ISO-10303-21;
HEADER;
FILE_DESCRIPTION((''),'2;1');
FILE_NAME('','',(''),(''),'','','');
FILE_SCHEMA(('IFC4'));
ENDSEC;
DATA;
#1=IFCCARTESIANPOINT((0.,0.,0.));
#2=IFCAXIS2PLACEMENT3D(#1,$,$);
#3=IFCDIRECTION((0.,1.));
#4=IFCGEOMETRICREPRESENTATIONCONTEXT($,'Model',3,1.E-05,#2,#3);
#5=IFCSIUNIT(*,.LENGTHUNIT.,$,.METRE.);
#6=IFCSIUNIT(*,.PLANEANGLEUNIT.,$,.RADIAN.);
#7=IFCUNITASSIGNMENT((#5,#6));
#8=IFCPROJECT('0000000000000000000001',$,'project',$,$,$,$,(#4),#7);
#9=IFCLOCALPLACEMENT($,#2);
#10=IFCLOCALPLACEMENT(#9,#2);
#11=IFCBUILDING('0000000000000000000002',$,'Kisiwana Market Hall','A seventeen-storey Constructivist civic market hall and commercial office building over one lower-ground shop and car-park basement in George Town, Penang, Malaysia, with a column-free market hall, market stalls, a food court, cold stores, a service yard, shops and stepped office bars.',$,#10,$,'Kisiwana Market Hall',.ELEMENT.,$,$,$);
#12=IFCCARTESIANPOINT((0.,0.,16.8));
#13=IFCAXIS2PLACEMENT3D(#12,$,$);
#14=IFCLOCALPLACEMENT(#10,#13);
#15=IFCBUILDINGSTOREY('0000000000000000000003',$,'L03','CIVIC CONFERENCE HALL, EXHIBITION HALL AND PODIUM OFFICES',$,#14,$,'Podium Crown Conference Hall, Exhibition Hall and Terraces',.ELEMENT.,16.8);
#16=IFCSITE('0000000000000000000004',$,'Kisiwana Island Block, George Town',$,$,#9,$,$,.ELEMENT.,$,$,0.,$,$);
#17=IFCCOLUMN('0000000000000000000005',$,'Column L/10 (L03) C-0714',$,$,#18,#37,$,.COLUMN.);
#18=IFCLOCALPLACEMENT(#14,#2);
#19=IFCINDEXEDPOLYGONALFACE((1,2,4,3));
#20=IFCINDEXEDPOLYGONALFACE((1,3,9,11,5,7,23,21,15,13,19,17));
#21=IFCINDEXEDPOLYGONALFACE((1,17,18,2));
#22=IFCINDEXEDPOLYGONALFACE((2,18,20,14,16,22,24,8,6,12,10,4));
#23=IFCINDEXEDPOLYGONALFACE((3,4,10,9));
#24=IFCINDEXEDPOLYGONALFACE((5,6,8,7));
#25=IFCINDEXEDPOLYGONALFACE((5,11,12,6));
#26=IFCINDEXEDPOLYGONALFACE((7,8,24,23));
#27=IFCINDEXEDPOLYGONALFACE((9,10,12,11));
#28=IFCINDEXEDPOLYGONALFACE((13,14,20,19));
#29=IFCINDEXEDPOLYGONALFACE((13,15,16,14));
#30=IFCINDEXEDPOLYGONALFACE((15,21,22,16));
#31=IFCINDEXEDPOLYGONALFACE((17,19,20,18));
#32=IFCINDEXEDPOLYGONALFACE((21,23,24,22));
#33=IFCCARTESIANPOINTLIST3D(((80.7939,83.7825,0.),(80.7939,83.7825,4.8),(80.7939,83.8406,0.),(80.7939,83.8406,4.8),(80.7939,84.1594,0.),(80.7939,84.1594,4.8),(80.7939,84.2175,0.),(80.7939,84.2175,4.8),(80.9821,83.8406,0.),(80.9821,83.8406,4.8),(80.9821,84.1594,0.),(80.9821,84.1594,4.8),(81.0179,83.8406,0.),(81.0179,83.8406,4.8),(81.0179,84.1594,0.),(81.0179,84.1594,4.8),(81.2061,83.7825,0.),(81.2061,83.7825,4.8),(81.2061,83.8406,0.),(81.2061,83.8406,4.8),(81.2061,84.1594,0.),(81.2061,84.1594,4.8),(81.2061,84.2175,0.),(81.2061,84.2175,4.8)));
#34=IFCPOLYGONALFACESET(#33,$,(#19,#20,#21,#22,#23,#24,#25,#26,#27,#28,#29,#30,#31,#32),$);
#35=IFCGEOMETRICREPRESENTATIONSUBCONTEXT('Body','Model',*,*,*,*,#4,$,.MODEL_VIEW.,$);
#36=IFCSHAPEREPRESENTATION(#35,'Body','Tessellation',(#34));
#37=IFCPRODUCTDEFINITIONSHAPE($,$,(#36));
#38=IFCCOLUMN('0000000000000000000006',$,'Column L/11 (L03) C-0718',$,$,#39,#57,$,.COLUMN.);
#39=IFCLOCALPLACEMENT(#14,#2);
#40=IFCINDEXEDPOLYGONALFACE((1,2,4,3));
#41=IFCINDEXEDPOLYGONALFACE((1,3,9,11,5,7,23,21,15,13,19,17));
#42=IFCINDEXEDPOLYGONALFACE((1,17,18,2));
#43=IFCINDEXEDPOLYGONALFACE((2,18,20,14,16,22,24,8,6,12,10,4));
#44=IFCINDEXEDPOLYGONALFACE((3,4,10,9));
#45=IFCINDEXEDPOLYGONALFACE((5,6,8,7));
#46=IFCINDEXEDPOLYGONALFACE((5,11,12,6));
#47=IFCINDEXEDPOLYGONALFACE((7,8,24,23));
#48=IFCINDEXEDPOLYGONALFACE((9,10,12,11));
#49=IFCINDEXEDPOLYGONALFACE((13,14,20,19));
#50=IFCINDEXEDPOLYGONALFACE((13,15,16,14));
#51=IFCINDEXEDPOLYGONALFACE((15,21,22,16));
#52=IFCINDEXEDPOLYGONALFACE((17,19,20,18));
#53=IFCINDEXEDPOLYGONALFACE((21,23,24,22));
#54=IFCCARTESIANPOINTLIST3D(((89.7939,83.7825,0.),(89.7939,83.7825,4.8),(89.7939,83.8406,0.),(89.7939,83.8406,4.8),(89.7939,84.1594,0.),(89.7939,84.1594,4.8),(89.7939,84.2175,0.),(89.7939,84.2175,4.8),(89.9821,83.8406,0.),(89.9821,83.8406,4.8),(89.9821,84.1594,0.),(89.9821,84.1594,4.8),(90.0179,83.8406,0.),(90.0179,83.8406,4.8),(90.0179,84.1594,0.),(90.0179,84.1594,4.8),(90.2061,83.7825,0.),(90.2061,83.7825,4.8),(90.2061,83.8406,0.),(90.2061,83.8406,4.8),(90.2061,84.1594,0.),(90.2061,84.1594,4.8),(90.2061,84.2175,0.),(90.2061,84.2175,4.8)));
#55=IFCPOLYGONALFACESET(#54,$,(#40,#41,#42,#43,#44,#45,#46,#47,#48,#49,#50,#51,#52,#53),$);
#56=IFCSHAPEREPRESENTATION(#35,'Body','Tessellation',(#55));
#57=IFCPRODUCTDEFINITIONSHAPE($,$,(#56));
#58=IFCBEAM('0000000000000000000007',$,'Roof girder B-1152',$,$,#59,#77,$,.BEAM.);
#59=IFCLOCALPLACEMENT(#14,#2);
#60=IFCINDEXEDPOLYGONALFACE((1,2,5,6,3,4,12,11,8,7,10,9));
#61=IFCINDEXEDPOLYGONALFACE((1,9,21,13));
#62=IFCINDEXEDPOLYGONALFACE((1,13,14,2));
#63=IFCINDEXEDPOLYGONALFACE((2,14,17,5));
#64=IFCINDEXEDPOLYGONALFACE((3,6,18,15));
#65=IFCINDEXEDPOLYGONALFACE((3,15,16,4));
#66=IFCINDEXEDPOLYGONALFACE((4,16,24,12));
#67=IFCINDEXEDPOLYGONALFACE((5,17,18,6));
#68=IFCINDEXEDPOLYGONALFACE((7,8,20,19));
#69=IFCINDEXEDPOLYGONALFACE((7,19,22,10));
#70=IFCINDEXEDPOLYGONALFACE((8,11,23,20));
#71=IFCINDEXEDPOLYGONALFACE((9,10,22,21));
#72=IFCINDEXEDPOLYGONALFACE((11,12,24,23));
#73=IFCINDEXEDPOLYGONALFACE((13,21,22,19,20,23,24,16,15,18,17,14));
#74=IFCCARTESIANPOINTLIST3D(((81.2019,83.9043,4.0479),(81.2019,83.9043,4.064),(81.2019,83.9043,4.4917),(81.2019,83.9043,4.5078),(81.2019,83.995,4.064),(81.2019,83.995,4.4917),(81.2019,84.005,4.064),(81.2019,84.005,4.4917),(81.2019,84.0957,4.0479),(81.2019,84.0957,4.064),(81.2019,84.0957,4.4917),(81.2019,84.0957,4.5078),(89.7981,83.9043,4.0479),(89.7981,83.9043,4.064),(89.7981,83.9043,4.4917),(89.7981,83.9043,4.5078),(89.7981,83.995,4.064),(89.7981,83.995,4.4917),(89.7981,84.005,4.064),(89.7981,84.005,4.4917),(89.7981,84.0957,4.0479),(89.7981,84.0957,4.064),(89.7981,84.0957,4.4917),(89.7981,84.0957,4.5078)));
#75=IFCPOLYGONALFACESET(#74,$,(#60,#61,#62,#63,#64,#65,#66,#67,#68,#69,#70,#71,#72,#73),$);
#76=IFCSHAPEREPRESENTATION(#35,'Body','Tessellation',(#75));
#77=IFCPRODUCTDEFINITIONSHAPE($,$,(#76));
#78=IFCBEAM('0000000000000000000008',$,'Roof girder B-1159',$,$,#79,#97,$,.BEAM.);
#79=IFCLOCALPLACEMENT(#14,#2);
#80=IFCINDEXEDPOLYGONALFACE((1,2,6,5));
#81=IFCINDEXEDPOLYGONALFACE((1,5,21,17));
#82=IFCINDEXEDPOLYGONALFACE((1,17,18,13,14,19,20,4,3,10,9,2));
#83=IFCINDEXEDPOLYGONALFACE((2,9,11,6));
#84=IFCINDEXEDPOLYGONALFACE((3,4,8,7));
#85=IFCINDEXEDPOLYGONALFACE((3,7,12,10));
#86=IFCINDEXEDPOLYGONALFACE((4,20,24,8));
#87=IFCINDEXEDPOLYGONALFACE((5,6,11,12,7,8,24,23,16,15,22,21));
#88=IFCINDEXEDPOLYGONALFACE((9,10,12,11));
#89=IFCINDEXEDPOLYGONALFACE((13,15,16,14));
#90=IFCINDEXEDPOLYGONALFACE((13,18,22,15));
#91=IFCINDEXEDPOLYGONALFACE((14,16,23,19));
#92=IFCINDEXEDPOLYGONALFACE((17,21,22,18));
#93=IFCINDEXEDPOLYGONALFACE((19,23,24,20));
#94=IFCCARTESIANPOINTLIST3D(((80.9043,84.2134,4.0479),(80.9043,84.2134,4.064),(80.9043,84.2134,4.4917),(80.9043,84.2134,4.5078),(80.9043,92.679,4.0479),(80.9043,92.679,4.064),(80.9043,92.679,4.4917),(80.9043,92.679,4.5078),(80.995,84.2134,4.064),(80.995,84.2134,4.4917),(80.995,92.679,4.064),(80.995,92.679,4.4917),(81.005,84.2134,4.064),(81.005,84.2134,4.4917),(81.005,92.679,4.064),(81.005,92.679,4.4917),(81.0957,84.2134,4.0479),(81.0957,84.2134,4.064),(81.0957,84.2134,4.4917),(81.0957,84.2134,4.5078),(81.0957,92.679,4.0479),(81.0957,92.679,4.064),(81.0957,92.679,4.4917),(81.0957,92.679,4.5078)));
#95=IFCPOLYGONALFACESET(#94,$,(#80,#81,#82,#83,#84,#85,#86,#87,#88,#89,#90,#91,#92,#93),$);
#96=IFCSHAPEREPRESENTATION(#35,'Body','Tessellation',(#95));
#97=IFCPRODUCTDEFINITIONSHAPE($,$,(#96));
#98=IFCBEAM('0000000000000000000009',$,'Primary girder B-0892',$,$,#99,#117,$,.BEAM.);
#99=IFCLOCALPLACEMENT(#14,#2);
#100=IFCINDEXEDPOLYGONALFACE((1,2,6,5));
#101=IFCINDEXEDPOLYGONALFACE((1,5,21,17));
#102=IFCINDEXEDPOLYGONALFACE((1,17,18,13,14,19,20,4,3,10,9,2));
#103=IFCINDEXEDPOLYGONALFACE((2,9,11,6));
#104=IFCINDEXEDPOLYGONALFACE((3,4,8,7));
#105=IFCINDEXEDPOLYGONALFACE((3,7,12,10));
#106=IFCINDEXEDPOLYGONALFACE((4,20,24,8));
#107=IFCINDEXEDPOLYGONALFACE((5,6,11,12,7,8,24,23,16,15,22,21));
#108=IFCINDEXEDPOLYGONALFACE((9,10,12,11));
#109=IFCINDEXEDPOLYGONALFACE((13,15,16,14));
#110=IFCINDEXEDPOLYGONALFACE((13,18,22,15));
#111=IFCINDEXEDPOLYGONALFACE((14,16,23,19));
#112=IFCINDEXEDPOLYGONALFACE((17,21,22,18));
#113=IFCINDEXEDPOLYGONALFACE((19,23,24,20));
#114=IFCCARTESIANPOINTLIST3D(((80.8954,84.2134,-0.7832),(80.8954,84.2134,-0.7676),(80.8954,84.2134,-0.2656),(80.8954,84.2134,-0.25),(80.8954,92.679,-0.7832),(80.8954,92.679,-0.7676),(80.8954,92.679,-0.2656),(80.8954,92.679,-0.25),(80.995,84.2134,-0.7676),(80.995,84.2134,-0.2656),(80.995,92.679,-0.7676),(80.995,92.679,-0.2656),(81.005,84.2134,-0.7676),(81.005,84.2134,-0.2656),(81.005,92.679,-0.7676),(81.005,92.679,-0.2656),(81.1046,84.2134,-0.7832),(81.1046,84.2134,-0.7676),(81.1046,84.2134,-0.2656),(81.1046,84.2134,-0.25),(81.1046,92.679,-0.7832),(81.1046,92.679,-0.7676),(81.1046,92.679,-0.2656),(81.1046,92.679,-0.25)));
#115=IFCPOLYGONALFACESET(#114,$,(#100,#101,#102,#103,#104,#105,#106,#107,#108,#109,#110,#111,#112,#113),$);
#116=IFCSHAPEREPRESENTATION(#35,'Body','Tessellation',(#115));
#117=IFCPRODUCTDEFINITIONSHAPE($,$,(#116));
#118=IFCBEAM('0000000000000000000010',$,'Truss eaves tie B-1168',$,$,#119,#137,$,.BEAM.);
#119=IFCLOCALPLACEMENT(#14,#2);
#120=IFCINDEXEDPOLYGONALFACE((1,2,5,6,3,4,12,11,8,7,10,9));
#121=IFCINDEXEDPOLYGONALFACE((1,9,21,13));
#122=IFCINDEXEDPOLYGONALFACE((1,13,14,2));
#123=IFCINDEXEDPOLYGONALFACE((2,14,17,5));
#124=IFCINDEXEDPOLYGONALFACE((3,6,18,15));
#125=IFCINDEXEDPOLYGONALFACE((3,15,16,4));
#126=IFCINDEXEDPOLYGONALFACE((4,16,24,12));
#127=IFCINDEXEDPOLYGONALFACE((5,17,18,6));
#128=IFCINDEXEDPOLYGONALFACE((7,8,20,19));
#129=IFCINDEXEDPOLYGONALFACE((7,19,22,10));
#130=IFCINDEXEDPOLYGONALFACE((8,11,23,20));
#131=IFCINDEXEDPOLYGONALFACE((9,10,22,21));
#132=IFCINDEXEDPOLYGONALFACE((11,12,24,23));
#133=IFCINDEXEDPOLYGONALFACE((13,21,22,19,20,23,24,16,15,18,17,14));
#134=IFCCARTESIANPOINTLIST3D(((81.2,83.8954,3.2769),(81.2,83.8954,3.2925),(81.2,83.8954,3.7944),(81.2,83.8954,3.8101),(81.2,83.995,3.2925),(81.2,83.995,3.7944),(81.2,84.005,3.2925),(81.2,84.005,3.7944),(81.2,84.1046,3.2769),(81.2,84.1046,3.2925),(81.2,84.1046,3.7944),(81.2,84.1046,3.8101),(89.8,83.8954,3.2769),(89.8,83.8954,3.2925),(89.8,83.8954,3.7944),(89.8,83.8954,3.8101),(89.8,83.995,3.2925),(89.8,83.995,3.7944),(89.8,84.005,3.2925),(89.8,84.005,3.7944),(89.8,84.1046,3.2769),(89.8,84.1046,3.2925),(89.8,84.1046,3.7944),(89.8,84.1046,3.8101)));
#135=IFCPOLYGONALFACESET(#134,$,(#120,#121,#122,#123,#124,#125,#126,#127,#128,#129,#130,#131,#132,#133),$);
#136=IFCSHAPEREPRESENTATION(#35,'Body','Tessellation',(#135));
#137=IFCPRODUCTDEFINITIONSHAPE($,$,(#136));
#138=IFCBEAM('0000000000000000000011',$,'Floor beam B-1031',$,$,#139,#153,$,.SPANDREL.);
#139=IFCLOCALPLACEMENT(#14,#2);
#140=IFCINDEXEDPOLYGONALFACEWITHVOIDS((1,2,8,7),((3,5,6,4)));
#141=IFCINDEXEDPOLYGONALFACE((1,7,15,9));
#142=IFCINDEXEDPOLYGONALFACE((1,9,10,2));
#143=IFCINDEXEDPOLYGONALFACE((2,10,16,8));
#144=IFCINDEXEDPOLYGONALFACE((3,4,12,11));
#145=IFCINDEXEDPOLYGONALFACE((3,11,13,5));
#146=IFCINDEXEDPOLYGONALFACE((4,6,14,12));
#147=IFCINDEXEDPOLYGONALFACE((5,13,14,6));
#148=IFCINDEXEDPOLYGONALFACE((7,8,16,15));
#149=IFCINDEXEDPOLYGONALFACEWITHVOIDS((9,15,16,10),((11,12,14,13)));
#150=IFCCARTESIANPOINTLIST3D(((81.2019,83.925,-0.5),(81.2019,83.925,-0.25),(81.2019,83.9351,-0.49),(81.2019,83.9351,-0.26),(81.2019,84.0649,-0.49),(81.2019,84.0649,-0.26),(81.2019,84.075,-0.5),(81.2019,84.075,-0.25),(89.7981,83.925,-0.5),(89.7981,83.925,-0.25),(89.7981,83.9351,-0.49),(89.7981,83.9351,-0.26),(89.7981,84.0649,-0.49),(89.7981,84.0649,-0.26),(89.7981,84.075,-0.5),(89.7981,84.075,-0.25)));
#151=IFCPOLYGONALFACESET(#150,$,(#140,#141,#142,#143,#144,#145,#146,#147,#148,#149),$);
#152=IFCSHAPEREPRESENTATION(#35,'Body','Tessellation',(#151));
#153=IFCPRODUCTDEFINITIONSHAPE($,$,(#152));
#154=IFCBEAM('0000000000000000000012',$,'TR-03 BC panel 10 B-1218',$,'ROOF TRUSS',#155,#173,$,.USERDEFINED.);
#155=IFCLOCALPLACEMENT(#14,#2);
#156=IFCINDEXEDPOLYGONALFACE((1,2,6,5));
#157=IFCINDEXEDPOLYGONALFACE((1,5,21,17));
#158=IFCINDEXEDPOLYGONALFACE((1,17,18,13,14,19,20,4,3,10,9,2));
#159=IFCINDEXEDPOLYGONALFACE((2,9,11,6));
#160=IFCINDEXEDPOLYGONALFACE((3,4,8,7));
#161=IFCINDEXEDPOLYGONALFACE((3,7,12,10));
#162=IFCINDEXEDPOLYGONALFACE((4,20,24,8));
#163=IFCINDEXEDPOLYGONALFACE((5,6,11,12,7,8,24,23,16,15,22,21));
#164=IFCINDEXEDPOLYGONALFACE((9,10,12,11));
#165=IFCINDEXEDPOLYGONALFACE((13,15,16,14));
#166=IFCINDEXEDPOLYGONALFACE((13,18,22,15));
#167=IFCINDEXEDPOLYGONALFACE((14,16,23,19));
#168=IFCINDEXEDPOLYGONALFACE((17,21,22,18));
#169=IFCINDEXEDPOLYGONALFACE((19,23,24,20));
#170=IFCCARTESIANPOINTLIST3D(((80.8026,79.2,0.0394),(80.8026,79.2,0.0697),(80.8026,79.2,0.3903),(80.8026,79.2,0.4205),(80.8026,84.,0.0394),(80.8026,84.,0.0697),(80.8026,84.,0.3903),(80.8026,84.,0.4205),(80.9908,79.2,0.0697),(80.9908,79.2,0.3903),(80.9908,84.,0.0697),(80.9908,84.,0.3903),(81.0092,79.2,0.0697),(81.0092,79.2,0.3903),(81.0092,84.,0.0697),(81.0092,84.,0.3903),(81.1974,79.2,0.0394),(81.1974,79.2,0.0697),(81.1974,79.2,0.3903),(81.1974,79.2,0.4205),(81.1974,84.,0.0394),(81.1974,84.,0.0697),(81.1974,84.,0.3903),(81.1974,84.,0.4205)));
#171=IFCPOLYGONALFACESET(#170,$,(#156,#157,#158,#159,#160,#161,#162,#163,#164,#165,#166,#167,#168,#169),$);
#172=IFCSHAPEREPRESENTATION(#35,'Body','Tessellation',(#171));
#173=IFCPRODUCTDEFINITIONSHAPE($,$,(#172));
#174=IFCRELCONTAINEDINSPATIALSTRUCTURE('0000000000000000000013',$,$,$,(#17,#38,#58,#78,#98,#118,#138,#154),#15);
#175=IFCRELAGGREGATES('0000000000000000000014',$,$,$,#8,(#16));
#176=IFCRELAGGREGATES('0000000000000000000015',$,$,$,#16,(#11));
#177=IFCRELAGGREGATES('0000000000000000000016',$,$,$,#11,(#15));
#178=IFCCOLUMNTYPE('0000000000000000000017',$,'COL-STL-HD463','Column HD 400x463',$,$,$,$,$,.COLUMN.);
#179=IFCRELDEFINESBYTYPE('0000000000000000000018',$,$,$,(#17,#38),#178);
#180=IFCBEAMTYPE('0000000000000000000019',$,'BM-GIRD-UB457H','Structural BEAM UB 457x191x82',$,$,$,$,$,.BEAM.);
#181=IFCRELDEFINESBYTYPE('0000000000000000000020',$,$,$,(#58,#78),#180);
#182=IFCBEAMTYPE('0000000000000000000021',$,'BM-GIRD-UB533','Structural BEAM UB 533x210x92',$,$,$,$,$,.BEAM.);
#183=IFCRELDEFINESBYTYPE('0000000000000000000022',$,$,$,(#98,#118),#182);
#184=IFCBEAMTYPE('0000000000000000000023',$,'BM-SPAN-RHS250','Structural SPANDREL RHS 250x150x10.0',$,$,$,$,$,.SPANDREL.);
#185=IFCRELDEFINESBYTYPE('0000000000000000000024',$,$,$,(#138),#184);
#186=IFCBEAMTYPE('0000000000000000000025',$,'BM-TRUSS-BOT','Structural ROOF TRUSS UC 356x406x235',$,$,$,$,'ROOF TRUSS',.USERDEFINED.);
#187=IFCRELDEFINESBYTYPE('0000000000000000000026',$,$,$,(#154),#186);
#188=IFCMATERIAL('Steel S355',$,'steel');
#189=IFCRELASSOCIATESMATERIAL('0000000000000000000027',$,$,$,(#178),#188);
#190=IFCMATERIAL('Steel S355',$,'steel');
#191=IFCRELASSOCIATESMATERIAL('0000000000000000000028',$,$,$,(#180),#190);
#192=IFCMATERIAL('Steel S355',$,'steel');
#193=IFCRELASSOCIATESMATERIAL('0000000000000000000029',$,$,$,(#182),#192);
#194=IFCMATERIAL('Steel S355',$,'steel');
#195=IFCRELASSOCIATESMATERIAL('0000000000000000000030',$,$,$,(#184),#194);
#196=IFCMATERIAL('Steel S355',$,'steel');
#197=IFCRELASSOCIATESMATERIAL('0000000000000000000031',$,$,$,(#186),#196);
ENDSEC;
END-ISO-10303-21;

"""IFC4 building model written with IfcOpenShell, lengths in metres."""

from ifc_helpers import new_model, si_unit, direction, frame, origin, origin_2d, place, context, subcontext, project, spatial, hollow_rectangle, i_section, extrude, material, material_profile, profile_set, type_object, element, save


model = new_model("IFC4")

# Units and contexts
model_context = context("Model", 3, precision=1e-05, world=origin(), true_north=direction((0.0, 1.0)))
body_context = subcontext(model_context, "Body", "Model", "MODEL_VIEW")
ifc_project = project(units=[si_unit("LENGTHUNIT", "METRE"), si_unit("PLANEANGLEUNIT", "RADIAN")], contexts=[model_context])

# Site, building, storey
site_placement = place(None, origin())
site = spatial("IfcSite", under=ifc_project, at=site_placement, Name="Kisiwana Island Block, George Town", CompositionType="ELEMENT", RefElevation=0.0)
building_placement = place(site_placement, origin())
building = spatial("IfcBuilding", under=site, at=building_placement, Name="Kisiwana Market Hall", Description="A seventeen-storey Constructivist civic market hall and commercial office building over one lower-ground shop and car-park basement in George Town, Penang, Malaysia, with a column-free market hall, market stalls, a food court, cold stores, a service yard, shops and stepped office bars.", LongName="Kisiwana Market Hall", CompositionType="ELEMENT")
storey_placement = place(building_placement, frame((0.0, 0.0, 16.8)))
storey = spatial("IfcBuildingStorey", under=building, at=storey_placement, Name="L03", Description="CIVIC CONFERENCE HALL, EXHIBITION HALL AND PODIUM OFFICES", LongName="Podium Crown Conference Hall, Exhibition Hall and Terraces", CompositionType="ELEMENT", Elevation=16.8)

# Columns
ifc_material_1 = material(Name="Steel S355", Category="steel")
ifc_material_profile_1 = material_profile(ifc_material_1, i_section(OverallWidth=0.4121, OverallDepth=0.4351, WebThickness=0.0359, FlangeThickness=0.0581, at=origin_2d()), Name="HD 400x463")
ifc_profile_set_1 = profile_set([ifc_material_profile_1], Name="Steel S355")
column_type = type_object("IfcColumnType", Name="COL-STL-HD463", Description="Column HD 400x463", PredefinedType="COLUMN", material=ifc_profile_set_1)
for number, where, z_axis, x_axis, name in (
    (1, (81.0, 84.0, 0.0), (0.0, 0.0, 1.0), (1.0, 0.0, 0.0), "Column L/10 (L03) C-0714"),
    (2, (90.0, 84.0, 0.0), (0.0, 0.0, 1.0), (1.0, 0.0, 0.0), "Column L/11 (L03) C-0718"),
):
    element("IfcColumn", number, at=place(storey_placement, frame(where, z_axis=z_axis, x_axis=x_axis)), inside=storey, type_object=column_type, Name=name, PredefinedType="COLUMN", context=body_context, shape_type="SweptSolid", body=[
        extrude(i_section(OverallWidth=0.4121, OverallDepth=0.4351, WebThickness=0.0359, FlangeThickness=0.0581, at=origin_2d()), origin(), (0.0, 0.0, 1.0), 4.8),
    ])

# Beams
ifc_material_2 = material(Name="Steel S355", Category="steel")
ifc_material_profile_2 = material_profile(ifc_material_2, i_section(OverallWidth=0.1914, OverallDepth=0.46, WebThickness=0.01, FlangeThickness=0.0161, at=origin_2d()), Name="UB 457x191x82")
ifc_profile_set_2 = profile_set([ifc_material_profile_2], Name="Steel S355")
beam_type_1 = type_object("IfcBeamType", Name="BM-GIRD-UB457H", Description="Structural BEAM UB 457x191x82", PredefinedType="BEAM", material=ifc_profile_set_2)
beam_1_placement = place(storey_placement, frame((81.2019, 84.0, 4.2778), z_axis=(1.0, 0.0, 0.0), x_axis=(0.0, 1.0, 0.0)))
element("IfcBeam", 3, at=beam_1_placement, inside=storey, type_object=beam_type_1, Name="Roof girder B-1152", PredefinedType="BEAM", context=body_context, shape_type="SweptSolid", body=[
    extrude(i_section(OverallWidth=0.1914, OverallDepth=0.46, WebThickness=0.01, FlangeThickness=0.0161, at=origin_2d()), origin(), (0.0, 0.0, 1.0), 8.5962),
])
beam_2_placement = place(storey_placement, frame((81.0, 84.2134, 4.2778), z_axis=(0.0, 1.0, 0.0), x_axis=(-1.0, 0.0, 0.0)))
element("IfcBeam", 4, at=beam_2_placement, inside=storey, type_object=beam_type_1, Name="Roof girder B-1159", PredefinedType="BEAM", context=body_context, shape_type="SweptSolid", body=[
    extrude(i_section(OverallWidth=0.1914, OverallDepth=0.46, WebThickness=0.01, FlangeThickness=0.0161, at=origin_2d()), origin(), (0.0, 0.0, 1.0), 8.4656),
])
ifc_material_3 = material(Name="Steel S355", Category="steel")
ifc_material_profile_3 = material_profile(ifc_material_3, i_section(OverallWidth=0.2092, OverallDepth=0.5332, WebThickness=0.01, FlangeThickness=0.0156, at=origin_2d()), Name="UB 533x210x92")
ifc_profile_set_3 = profile_set([ifc_material_profile_3], Name="Steel S355")
beam_type_2 = type_object("IfcBeamType", Name="BM-GIRD-UB533", Description="Structural BEAM UB 533x210x92", PredefinedType="BEAM", material=ifc_profile_set_3)
beam_3_placement = place(storey_placement, frame((81.0, 84.2134, -0.5166), z_axis=(0.0, 1.0, 0.0), x_axis=(-1.0, 0.0, 0.0)))
element("IfcBeam", 5, at=beam_3_placement, inside=storey, type_object=beam_type_2, Name="Primary girder B-0892", PredefinedType="BEAM", context=body_context, shape_type="SweptSolid", body=[
    extrude(i_section(OverallWidth=0.2092, OverallDepth=0.5332, WebThickness=0.01, FlangeThickness=0.0156, at=origin_2d()), origin(), (0.0, 0.0, 1.0), 8.4656),
])
beam_4_placement = place(storey_placement, frame((81.2, 84.0, 3.5435), z_axis=(1.0, 0.0, 0.0), x_axis=(0.0, 1.0, 0.0)))
element("IfcBeam", 6, at=beam_4_placement, inside=storey, type_object=beam_type_2, Name="Truss eaves tie B-1168", PredefinedType="BEAM", context=body_context, shape_type="SweptSolid", body=[
    extrude(i_section(OverallWidth=0.2092, OverallDepth=0.5332, WebThickness=0.01, FlangeThickness=0.0156, at=origin_2d()), origin(), (0.0, 0.0, 1.0), 8.6001),
])
ifc_material_4 = material(Name="Steel S355", Category="steel")
ifc_material_profile_4 = material_profile(ifc_material_4, hollow_rectangle(XDim=0.1499, YDim=0.25, WallThickness=0.01, at=origin_2d()), Name="RHS 250x150x10.0")
ifc_profile_set_4 = profile_set([ifc_material_profile_4], Name="Steel S355")
beam_type_3 = type_object("IfcBeamType", Name="BM-SPAN-RHS250", Description="Structural SPANDREL RHS 250x150x10.0", PredefinedType="SPANDREL", material=ifc_profile_set_4)
beam_5_placement = place(storey_placement, frame((81.2019, 84.0, -0.375), z_axis=(1.0, 0.0, 0.0), x_axis=(0.0, 1.0, 0.0)))
element("IfcBeam", 7, at=beam_5_placement, inside=storey, type_object=beam_type_3, Name="Floor beam B-1031", PredefinedType="SPANDREL", context=body_context, shape_type="SweptSolid", body=[
    extrude(hollow_rectangle(XDim=0.1499, YDim=0.25, WallThickness=0.01, at=origin_2d()), origin(), (0.0, 0.0, 1.0), 8.5962),
])
ifc_material_5 = material(Name="Steel S355", Category="steel")
ifc_material_profile_5 = material_profile(ifc_material_5, i_section(OverallWidth=0.3948, OverallDepth=0.3811, WebThickness=0.0183, FlangeThickness=0.0303, at=origin_2d()), Name="UC 356x406x235")
ifc_profile_set_5 = profile_set([ifc_material_profile_5], Name="Steel S355")
beam_type_4 = type_object("IfcBeamType", Name="BM-TRUSS-BOT", Description="Structural ROOF TRUSS UC 356x406x235", ElementType="ROOF TRUSS", PredefinedType="USERDEFINED", material=ifc_profile_set_5)
for number, where, z_axis, x_axis, name in (
    (8, (81.0, 79.2, 0.23), (0.0, 1.0, 0.0), (-1.0, 0.0, 0.0), "TR-03 BC panel 10 B-1218"),
):
    element("IfcBeam", number, at=place(storey_placement, frame(where, z_axis=z_axis, x_axis=x_axis)), inside=storey, type_object=beam_type_4, Name=name, ObjectType="ROOF TRUSS", PredefinedType="USERDEFINED", context=body_context, shape_type="SweptSolid", body=[
        extrude(i_section(OverallWidth=0.3948, OverallDepth=0.3811, WebThickness=0.0183, FlangeThickness=0.0303, at=origin_2d()), origin(), (0.0, 0.0, 1.0), 4.8),
    ])

save(model, "model.ifc")
